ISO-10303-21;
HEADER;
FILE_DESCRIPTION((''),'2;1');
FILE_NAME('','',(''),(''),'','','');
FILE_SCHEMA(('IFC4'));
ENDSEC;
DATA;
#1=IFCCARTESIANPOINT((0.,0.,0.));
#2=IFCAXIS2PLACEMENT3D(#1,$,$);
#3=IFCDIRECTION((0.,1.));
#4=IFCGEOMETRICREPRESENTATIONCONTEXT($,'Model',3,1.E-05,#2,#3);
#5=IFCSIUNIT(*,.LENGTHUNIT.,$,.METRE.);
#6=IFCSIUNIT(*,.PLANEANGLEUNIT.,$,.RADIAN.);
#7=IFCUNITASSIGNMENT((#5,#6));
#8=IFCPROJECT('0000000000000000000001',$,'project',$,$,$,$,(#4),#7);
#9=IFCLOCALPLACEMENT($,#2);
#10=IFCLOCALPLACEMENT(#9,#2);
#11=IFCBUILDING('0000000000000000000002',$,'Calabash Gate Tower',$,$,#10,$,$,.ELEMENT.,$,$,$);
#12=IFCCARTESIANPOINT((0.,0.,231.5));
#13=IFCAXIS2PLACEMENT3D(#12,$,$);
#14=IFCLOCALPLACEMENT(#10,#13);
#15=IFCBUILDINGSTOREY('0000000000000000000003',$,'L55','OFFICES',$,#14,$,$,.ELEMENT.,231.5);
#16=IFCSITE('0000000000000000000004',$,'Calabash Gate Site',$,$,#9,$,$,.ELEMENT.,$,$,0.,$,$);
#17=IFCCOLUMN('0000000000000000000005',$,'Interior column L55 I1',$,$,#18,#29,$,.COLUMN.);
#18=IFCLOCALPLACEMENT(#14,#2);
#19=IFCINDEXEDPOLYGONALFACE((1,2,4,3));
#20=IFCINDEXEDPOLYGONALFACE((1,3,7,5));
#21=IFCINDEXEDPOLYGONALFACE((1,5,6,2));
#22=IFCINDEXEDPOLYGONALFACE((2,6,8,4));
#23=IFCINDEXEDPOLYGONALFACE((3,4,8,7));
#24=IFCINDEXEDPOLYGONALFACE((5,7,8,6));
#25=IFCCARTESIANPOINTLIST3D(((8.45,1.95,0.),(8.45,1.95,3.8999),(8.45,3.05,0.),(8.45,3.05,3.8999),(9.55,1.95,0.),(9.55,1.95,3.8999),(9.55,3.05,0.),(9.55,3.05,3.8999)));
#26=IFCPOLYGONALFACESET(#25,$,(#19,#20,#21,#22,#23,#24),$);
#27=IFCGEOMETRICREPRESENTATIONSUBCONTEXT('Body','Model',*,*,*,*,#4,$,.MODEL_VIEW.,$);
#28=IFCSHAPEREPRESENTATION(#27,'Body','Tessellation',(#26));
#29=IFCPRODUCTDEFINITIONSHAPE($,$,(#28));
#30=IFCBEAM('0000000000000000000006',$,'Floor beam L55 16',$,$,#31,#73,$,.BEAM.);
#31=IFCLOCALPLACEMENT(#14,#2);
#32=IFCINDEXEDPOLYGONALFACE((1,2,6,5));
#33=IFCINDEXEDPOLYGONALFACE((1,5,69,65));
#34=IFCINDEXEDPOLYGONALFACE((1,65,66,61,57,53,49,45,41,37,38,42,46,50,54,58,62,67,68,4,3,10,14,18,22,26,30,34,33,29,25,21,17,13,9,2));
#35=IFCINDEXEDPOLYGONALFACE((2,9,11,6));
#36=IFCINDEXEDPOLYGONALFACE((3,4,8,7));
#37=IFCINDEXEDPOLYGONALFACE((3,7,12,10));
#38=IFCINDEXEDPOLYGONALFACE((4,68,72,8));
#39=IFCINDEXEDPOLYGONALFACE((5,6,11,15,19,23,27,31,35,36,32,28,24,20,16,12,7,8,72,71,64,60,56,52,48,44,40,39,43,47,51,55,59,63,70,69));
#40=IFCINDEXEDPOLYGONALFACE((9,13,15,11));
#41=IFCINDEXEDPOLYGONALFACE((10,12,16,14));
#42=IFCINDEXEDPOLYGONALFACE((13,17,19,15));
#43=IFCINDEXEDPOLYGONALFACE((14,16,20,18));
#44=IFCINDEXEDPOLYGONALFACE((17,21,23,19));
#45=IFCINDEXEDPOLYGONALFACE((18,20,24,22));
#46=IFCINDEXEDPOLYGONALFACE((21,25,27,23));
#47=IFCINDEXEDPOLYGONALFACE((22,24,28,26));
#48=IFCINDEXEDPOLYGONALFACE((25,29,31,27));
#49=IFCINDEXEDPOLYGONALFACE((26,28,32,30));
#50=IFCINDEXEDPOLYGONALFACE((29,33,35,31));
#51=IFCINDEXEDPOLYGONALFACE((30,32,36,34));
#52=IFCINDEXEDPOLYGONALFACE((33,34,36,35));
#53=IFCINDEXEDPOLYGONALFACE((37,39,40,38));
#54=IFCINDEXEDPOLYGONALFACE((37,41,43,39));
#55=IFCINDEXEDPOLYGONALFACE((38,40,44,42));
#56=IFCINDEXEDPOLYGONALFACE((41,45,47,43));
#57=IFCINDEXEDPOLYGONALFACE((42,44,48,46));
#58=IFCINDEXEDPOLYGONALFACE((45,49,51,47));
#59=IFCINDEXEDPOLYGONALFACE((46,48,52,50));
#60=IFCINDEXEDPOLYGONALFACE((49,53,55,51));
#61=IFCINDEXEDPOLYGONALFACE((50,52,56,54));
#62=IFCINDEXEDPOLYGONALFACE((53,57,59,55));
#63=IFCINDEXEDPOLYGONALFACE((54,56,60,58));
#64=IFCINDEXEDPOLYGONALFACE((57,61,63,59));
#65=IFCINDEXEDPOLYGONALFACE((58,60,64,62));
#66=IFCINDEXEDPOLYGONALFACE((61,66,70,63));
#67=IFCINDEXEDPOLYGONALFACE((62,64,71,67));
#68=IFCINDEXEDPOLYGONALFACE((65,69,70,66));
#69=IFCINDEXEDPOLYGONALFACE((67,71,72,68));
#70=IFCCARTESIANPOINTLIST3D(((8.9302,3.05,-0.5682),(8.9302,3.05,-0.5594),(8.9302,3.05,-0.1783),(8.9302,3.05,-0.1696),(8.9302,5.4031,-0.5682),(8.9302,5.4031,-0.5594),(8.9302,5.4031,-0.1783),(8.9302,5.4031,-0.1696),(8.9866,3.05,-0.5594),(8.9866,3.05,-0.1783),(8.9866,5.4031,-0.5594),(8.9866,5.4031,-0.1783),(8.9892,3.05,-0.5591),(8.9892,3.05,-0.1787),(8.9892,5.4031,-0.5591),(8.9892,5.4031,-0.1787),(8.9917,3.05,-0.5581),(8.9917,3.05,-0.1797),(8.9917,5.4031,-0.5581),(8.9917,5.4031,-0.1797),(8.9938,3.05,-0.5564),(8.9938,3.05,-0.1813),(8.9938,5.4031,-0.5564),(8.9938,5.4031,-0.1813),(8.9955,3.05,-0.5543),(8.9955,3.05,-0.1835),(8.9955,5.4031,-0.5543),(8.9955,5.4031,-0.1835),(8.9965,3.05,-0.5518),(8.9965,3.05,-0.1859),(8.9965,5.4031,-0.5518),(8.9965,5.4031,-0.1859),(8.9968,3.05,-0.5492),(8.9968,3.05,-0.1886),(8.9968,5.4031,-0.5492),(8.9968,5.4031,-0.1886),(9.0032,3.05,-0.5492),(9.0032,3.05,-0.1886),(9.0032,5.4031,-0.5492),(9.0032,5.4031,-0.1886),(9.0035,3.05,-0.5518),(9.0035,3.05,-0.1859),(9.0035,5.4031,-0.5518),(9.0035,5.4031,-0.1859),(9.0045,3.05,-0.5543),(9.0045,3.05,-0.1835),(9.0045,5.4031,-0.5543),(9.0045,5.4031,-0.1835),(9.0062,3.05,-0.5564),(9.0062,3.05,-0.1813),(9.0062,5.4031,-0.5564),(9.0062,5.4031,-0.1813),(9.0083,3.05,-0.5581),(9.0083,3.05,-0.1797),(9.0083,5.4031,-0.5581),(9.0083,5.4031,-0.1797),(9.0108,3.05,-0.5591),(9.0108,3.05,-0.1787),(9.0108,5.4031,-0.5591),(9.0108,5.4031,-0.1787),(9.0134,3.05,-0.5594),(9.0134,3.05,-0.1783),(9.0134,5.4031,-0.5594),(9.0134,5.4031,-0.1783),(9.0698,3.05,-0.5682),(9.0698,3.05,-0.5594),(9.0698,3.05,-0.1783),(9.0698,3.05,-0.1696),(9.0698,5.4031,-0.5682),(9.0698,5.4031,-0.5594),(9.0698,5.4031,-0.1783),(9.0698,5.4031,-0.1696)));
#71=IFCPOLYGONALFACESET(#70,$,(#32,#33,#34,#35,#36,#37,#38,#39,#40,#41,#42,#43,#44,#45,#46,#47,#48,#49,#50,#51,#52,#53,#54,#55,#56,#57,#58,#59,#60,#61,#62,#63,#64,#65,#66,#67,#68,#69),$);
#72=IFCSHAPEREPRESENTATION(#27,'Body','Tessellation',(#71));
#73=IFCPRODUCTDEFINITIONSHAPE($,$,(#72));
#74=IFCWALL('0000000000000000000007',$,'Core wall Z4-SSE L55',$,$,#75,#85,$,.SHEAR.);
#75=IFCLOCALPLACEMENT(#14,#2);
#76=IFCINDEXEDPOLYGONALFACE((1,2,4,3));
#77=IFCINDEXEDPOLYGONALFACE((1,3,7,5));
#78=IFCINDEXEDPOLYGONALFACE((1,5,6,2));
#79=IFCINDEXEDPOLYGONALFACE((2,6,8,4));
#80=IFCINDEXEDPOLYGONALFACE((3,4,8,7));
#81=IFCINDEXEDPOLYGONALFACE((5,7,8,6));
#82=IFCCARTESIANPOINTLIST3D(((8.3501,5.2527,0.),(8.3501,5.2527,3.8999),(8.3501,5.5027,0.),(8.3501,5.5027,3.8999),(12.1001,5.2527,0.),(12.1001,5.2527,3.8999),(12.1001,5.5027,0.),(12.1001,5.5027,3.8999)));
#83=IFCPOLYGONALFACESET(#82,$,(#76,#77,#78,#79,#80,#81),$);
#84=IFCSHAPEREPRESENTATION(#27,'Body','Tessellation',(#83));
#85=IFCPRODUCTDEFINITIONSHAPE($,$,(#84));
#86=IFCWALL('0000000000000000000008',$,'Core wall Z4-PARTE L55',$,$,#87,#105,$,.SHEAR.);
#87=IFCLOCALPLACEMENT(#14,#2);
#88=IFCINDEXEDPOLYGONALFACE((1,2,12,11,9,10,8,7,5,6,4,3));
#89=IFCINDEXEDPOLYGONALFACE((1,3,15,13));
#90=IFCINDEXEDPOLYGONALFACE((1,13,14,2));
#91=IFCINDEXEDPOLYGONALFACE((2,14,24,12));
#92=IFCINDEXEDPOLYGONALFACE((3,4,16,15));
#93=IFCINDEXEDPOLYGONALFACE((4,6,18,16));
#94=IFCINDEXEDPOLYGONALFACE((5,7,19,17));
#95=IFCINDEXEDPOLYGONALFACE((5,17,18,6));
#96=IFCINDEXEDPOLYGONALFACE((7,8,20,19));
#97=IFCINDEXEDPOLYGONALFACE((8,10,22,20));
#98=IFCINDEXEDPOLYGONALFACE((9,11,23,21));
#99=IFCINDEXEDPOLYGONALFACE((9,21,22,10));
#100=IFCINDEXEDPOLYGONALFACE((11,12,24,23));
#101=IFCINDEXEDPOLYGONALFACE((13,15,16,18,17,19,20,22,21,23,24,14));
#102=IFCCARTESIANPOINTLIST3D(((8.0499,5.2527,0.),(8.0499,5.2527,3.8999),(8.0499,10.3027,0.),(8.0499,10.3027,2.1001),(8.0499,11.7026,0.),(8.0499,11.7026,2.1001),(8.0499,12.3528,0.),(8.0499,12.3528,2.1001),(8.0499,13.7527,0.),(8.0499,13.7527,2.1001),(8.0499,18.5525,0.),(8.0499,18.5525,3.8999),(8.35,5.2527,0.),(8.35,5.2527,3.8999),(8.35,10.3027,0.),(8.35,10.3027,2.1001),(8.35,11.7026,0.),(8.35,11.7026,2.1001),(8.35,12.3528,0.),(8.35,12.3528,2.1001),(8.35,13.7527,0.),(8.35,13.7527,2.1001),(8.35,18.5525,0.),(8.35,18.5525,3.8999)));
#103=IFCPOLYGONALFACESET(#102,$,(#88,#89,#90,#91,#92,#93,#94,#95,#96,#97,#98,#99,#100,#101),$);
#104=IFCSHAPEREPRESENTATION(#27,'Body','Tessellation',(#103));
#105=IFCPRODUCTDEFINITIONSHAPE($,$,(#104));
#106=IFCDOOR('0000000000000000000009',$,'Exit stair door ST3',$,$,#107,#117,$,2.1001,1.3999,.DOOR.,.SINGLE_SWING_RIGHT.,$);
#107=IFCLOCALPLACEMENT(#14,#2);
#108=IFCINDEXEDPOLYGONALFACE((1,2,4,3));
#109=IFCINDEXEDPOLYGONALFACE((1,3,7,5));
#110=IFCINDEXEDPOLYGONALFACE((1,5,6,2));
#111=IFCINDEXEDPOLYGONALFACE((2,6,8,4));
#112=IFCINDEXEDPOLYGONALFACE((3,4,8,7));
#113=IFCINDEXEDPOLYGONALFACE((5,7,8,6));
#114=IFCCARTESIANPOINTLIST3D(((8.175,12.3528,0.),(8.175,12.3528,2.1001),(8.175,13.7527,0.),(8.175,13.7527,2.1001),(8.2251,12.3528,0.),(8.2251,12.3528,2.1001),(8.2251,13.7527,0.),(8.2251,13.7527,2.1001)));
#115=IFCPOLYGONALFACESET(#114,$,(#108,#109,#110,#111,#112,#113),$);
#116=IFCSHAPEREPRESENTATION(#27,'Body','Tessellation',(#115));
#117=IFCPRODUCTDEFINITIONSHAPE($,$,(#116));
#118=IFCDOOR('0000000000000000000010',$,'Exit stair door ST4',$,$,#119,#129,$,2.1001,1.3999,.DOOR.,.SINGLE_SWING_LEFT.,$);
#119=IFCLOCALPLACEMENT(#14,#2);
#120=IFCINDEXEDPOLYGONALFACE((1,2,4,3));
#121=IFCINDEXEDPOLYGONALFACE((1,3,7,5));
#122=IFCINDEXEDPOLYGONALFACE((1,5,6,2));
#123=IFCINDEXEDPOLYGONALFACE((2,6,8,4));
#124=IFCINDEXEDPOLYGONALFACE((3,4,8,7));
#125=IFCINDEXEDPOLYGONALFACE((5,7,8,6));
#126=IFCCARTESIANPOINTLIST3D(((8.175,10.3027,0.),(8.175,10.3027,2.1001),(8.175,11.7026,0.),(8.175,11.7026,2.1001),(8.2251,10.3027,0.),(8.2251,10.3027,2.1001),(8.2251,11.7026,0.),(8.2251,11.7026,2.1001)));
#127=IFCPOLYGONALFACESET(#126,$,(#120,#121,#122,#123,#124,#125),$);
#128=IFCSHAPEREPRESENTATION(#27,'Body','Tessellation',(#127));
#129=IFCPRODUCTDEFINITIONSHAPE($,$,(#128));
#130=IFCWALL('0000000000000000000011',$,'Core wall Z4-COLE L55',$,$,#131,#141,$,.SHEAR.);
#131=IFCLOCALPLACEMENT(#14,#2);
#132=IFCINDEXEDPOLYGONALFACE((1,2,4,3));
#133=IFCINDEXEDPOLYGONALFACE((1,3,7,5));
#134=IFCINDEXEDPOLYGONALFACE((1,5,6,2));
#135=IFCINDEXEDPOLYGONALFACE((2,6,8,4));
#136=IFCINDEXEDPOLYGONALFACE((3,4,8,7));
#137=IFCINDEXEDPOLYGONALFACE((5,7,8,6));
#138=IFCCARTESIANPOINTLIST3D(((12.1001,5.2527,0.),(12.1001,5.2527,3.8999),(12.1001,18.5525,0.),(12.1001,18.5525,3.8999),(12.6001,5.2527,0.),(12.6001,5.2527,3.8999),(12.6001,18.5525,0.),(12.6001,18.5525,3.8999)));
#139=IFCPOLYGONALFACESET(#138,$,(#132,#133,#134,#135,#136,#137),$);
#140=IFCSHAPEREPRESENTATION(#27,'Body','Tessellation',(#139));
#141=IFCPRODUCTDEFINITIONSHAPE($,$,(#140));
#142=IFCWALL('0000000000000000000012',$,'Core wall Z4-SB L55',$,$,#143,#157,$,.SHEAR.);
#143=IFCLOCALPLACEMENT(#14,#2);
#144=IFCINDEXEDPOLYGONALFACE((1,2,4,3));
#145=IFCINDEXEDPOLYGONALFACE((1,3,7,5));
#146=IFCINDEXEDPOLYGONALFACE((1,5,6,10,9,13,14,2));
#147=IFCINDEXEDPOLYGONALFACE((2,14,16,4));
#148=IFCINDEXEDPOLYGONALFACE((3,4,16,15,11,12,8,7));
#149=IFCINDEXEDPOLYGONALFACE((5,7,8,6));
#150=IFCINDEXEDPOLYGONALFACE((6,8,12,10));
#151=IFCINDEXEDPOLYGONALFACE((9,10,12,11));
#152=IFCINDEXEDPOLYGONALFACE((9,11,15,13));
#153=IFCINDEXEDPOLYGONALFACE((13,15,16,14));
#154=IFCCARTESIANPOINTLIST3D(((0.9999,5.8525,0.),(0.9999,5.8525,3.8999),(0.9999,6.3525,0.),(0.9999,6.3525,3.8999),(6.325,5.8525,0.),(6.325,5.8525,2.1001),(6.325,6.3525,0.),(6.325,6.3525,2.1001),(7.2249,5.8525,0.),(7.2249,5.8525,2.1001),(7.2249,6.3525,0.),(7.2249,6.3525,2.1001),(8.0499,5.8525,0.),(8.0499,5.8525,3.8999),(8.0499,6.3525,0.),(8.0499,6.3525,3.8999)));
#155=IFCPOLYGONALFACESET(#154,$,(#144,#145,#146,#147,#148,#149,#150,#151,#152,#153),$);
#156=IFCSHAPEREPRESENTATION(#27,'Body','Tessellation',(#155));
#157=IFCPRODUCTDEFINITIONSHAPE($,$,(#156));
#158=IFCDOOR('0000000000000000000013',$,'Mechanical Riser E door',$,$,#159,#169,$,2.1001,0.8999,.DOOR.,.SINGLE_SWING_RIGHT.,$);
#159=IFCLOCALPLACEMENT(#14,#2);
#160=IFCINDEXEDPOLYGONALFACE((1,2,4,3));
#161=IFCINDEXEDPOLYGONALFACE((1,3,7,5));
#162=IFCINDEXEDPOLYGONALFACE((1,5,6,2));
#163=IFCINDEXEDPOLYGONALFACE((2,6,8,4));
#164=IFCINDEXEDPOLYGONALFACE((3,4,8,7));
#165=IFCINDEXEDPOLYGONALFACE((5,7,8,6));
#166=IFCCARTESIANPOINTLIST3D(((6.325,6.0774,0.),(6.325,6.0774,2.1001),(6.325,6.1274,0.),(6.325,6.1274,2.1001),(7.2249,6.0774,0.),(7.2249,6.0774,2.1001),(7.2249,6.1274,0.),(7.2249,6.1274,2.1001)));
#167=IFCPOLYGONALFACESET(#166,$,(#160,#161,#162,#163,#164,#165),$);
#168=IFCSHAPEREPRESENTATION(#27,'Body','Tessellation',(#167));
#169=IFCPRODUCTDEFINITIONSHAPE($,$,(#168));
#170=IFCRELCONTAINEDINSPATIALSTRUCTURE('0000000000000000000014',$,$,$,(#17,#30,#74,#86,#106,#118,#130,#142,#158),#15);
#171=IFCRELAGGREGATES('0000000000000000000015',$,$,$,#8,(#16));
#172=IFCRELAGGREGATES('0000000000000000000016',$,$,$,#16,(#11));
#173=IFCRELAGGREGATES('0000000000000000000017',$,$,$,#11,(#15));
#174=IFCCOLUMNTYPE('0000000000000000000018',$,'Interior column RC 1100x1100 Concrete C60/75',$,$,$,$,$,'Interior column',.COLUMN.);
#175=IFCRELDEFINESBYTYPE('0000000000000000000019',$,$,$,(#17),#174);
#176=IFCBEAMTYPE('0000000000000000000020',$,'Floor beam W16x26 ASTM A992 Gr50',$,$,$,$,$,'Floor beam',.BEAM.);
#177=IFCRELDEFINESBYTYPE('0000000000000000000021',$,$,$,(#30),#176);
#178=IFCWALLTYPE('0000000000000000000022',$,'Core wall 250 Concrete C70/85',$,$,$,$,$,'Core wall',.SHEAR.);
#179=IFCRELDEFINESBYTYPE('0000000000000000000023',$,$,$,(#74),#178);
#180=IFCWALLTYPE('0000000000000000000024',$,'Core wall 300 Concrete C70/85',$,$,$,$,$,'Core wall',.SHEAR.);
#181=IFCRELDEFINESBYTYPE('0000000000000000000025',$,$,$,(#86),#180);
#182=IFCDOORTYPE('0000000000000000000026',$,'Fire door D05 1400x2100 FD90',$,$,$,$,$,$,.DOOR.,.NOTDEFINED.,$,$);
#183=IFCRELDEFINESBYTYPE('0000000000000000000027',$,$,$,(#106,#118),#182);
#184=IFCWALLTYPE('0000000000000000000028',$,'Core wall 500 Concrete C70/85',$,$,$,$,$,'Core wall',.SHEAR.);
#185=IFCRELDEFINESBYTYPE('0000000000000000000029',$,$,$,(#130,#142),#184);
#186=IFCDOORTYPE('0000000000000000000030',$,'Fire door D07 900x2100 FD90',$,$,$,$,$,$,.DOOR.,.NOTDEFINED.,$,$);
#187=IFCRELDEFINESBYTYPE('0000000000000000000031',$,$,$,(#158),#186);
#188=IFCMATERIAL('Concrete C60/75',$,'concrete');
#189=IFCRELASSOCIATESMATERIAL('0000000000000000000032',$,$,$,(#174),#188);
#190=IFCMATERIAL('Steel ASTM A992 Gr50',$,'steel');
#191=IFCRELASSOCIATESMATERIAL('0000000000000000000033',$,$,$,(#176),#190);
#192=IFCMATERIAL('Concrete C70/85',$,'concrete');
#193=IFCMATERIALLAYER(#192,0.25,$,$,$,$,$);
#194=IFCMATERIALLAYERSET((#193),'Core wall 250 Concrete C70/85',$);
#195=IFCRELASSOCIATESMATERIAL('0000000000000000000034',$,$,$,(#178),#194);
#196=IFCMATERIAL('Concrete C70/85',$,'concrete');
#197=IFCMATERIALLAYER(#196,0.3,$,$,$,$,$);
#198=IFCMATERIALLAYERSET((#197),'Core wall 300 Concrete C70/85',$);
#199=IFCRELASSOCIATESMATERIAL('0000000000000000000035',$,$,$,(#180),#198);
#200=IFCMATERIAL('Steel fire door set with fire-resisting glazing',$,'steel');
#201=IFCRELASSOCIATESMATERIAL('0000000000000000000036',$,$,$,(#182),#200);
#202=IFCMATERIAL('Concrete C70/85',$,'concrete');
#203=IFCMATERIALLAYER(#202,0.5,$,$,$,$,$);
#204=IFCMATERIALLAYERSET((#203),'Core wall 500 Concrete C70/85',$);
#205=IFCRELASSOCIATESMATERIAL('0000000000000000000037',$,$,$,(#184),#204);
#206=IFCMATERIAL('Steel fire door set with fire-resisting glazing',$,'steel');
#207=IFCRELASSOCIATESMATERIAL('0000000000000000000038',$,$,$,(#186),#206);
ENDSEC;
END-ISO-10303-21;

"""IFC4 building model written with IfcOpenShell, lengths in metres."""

from ifc_helpers import new_model, si_unit, direction, frame, frame_2d, origin, origin_2d, place, context, subcontext, project, spatial, rectangle, i_section, extrude, material, layer, layer_set, material_profile, profile_set, type_object, element, fill, save


model = new_model("IFC4")

# Units and contexts
model_context = context("Model", 3, precision=1e-05, world=origin(), true_north=direction((0.0, 1.0)))
body_context = subcontext(model_context, "Body", "Model", "MODEL_VIEW")
ifc_project = project(units=[si_unit("LENGTHUNIT", "METRE"), si_unit("PLANEANGLEUNIT", "RADIAN")], contexts=[model_context])

# Site, building, storey
site_placement = place(None, origin())
site = spatial("IfcSite", under=ifc_project, at=site_placement, Name="Calabash Gate Site", CompositionType="ELEMENT", RefElevation=0.0)
building_placement = place(site_placement, origin())
building = spatial("IfcBuilding", under=site, at=building_placement, Name="Calabash Gate Tower", CompositionType="ELEMENT")
storey_placement = place(building_placement, frame((0.0, 0.0, 231.5)))
storey = spatial("IfcBuildingStorey", under=building, at=storey_placement, Name="L55", Description="OFFICES", CompositionType="ELEMENT", Elevation=231.5)

# Column
ifc_material_1 = material(Name="Concrete C60/75", Category="concrete")
ifc_material_profile_1 = material_profile(ifc_material_1, rectangle(XDim=1.1001, YDim=1.1001, at=origin_2d()))
ifc_profile_set_1 = profile_set([ifc_material_profile_1], Name="Concrete C60/75")
column_type = type_object("IfcColumnType", Name="Interior column RC 1100x1100 Concrete C60/75", ElementType="Interior column", PredefinedType="COLUMN", material=ifc_profile_set_1)
column_placement = place(storey_placement, frame((9.0, 2.5, 0.0), z_axis=(0.0, 0.0, 1.0), x_axis=(1.0, 0.0, 0.0)))
element("IfcColumn", 1, at=column_placement, inside=storey, type_object=column_type, Name="Interior column L55 I1", PredefinedType="COLUMN", context=body_context, shape_type="SweptSolid", body=[
    extrude(rectangle(XDim=1.1001, YDim=1.1001, at=origin_2d()), origin(), (0.0, 0.0, 1.0), 3.8999),
])

# Beam
ifc_material_2 = material(Name="Steel ASTM A992 Gr50", Category="steel")
ifc_material_profile_2 = material_profile(ifc_material_2, i_section(OverallWidth=0.1396, OverallDepth=0.3987, WebThickness=0.0063, FlangeThickness=0.0088, FilletRadius=0.0103, at=origin_2d()))
ifc_profile_set_2 = profile_set([ifc_material_profile_2], Name="Steel ASTM A992 Gr50")
beam_type = type_object("IfcBeamType", Name="Floor beam W16x26 ASTM A992 Gr50", ElementType="Floor beam", PredefinedType="BEAM", material=ifc_profile_set_2)
beam_placement = place(storey_placement, frame((9.0, 3.05, -0.3689), z_axis=(0.0, 1.0, 0.0), x_axis=(-1.0, 0.0, 0.0)))
element("IfcBeam", 2, at=beam_placement, inside=storey, type_object=beam_type, Name="Floor beam L55 16", PredefinedType="BEAM", context=body_context, shape_type="SweptSolid", body=[
    extrude(i_section(OverallWidth=0.1396, OverallDepth=0.3987, WebThickness=0.0063, FlangeThickness=0.0088, FilletRadius=0.0103, at=origin_2d()), origin(), (0.0, 0.0, 1.0), 2.353),
])

# Wall
ifc_material_3 = material(Name="Concrete C70/85", Category="concrete")
ifc_layer_1 = layer(ifc_material_3, 0.25)
ifc_layer_set_1 = layer_set([ifc_layer_1], Name="Core wall 250 Concrete C70/85")
wall_type_1 = type_object("IfcWallType", Name="Core wall 250 Concrete C70/85", ElementType="Core wall", PredefinedType="SHEAR", material=ifc_layer_set_1)
wall_1_placement = place(storey_placement, frame((8.3501, 5.3777, 0.0), z_axis=(0.0, 0.0, 1.0), x_axis=(1.0, 0.0, 0.0)))
element("IfcWall", 3, at=wall_1_placement, inside=storey, type_object=wall_type_1, Name="Core wall Z4-SSE L55", PredefinedType="SHEAR", context=body_context, shape_type="SweptSolid", body=[
    extrude(rectangle(XDim=3.75, YDim=0.25, at=frame_2d((1.875, 0.0))), origin(), (0.0, 0.0, 1.0), 3.8999),
])

# Wall, openings, doors
ifc_material_4 = material(Name="Concrete C70/85", Category="concrete")
ifc_layer_2 = layer(ifc_material_4, 0.3)
ifc_layer_set_2 = layer_set([ifc_layer_2], Name="Core wall 300 Concrete C70/85")
wall_type_2 = type_object("IfcWallType", Name="Core wall 300 Concrete C70/85", ElementType="Core wall", PredefinedType="SHEAR", material=ifc_layer_set_2)
wall_2_placement = place(storey_placement, frame((8.2, 5.2527, 0.0), z_axis=(0.0, 0.0, 1.0), x_axis=(0.0, 1.0, 0.0)))
wall_2 = element("IfcWall", 4, at=wall_2_placement, inside=storey, type_object=wall_type_2, Name="Core wall Z4-PARTE L55", PredefinedType="SHEAR", context=body_context, shape_type="SweptSolid", body=[
    extrude(rectangle(XDim=13.2998, YDim=0.3, at=frame_2d((6.6499, 0.0))), origin(), (0.0, 0.0, 1.0), 3.8999),
])
opening_1_placement = place(wall_2_placement, frame((7.1001, 0.0, 0.0)))
opening_1 = element("IfcOpeningElement", 5, at=opening_1_placement, cuts=wall_2, PredefinedType="OPENING", context=body_context, shape_type="SweptSolid", body=[
    extrude(rectangle(XDim=1.3999, YDim=2.1001, at=frame_2d((0.7, 1.05))), frame((0.0, 0.1599, 0.0), z_axis=(0.0, -1.0, 0.0), x_axis=(1.0, 0.0, 0.0)), (0.0, 0.0, 1.0), 0.3201),
])
opening_2_placement = place(wall_2_placement, frame((5.05, 0.0, 0.0)))
opening_2 = element("IfcOpeningElement", 6, at=opening_2_placement, cuts=wall_2, PredefinedType="OPENING", context=body_context, shape_type="SweptSolid", body=[
    extrude(rectangle(XDim=1.3999, YDim=2.1001, at=frame_2d((0.7, 1.05))), frame((0.0, 0.1599, 0.0), z_axis=(0.0, -1.0, 0.0), x_axis=(1.0, 0.0, 0.0)), (0.0, 0.0, 1.0), 0.3201),
])
ifc_material_5 = material(Name="Steel fire door set with fire-resisting glazing", Category="steel")
door_type_1 = type_object("IfcDoorType", Name="Fire door D05 1400x2100 FD90", OperationType="NOTDEFINED", PredefinedType="DOOR", material=ifc_material_5)
door_1_placement = place(opening_1_placement, origin())
door_1 = element("IfcDoor", 7, at=door_1_placement, inside=storey, type_object=door_type_1, Name="Exit stair door ST3", OperationType="SINGLE_SWING_RIGHT", OverallHeight=2.1001, OverallWidth=1.3999, PredefinedType="DOOR", context=body_context, shape_type="SweptSolid", body=[
    extrude(rectangle(XDim=1.3999, YDim=2.1001, at=frame_2d((0.7, 1.05))), frame((0.0, 0.0249, 0.0), z_axis=(0.0, -1.0, 0.0), x_axis=(1.0, 0.0, 0.0)), (0.0, 0.0, 1.0), 0.05),
])
fill(opening_1, door_1)
door_2_placement = place(opening_2_placement, origin())
door_2 = element("IfcDoor", 8, at=door_2_placement, inside=storey, type_object=door_type_1, Name="Exit stair door ST4", OperationType="SINGLE_SWING_LEFT", OverallHeight=2.1001, OverallWidth=1.3999, PredefinedType="DOOR", context=body_context, shape_type="SweptSolid", body=[
    extrude(rectangle(XDim=1.3999, YDim=2.1001, at=frame_2d((0.7, 1.05))), frame((0.0, 0.0249, 0.0), z_axis=(0.0, -1.0, 0.0), x_axis=(1.0, 0.0, 0.0)), (0.0, 0.0, 1.0), 0.05),
])
fill(opening_2, door_2)

# Wall
ifc_material_6 = material(Name="Concrete C70/85", Category="concrete")
ifc_layer_3 = layer(ifc_material_6, 0.5)
ifc_layer_set_3 = layer_set([ifc_layer_3], Name="Core wall 500 Concrete C70/85")
wall_type_3 = type_object("IfcWallType", Name="Core wall 500 Concrete C70/85", ElementType="Core wall", PredefinedType="SHEAR", material=ifc_layer_set_3)
wall_3_placement = place(storey_placement, frame((12.3501, 5.2527, 0.0), z_axis=(0.0, 0.0, 1.0), x_axis=(0.0, 1.0, 0.0)))
element("IfcWall", 9, at=wall_3_placement, inside=storey, type_object=wall_type_3, Name="Core wall Z4-COLE L55", PredefinedType="SHEAR", context=body_context, shape_type="SweptSolid", body=[
    extrude(rectangle(XDim=13.2998, YDim=0.5, at=frame_2d((6.6499, 0.0))), origin(), (0.0, 0.0, 1.0), 3.8999),
])

# Wall, opening, door
wall_4_placement = place(storey_placement, frame((1.0, 6.1025, 0.0), z_axis=(0.0, 0.0, 1.0), x_axis=(1.0, 0.0, 0.0)))
wall_4 = element("IfcWall", 10, at=wall_4_placement, inside=storey, type_object=wall_type_3, Name="Core wall Z4-SB L55", PredefinedType="SHEAR", context=body_context, shape_type="SweptSolid", body=[
    extrude(rectangle(XDim=7.05, YDim=0.5, at=frame_2d((3.5249, 0.0))), origin(), (0.0, 0.0, 1.0), 3.8999),
])
opening_3_placement = place(wall_4_placement, frame((5.325, 0.0, 0.0)))
opening_3 = element("IfcOpeningElement", 11, at=opening_3_placement, cuts=wall_4, PredefinedType="OPENING", context=body_context, shape_type="SweptSolid", body=[
    extrude(rectangle(XDim=0.8999, YDim=2.1001, at=frame_2d((0.45, 1.05))), frame((0.0, 0.26, 0.0), z_axis=(0.0, -1.0, 0.0), x_axis=(1.0, 0.0, 0.0)), (0.0, 0.0, 1.0), 0.52),
])
ifc_material_7 = material(Name="Steel fire door set with fire-resisting glazing", Category="steel")
door_type_2 = type_object("IfcDoorType", Name="Fire door D07 900x2100 FD90", OperationType="NOTDEFINED", PredefinedType="DOOR", material=ifc_material_7)
door_3_placement = place(opening_3_placement, origin())
door_3 = element("IfcDoor", 12, at=door_3_placement, inside=storey, type_object=door_type_2, Name="Mechanical Riser E door", OperationType="SINGLE_SWING_RIGHT", OverallHeight=2.1001, OverallWidth=0.8999, PredefinedType="DOOR", context=body_context, shape_type="SweptSolid", body=[
    extrude(rectangle(XDim=0.8999, YDim=2.1001, at=frame_2d((0.45, 1.05))), frame((0.0, 0.0249, 0.0), z_axis=(0.0, -1.0, 0.0), x_axis=(1.0, 0.0, 0.0)), (0.0, 0.0, 1.0), 0.05),
])
fill(opening_3, door_3)

save(model, "model.ifc")
